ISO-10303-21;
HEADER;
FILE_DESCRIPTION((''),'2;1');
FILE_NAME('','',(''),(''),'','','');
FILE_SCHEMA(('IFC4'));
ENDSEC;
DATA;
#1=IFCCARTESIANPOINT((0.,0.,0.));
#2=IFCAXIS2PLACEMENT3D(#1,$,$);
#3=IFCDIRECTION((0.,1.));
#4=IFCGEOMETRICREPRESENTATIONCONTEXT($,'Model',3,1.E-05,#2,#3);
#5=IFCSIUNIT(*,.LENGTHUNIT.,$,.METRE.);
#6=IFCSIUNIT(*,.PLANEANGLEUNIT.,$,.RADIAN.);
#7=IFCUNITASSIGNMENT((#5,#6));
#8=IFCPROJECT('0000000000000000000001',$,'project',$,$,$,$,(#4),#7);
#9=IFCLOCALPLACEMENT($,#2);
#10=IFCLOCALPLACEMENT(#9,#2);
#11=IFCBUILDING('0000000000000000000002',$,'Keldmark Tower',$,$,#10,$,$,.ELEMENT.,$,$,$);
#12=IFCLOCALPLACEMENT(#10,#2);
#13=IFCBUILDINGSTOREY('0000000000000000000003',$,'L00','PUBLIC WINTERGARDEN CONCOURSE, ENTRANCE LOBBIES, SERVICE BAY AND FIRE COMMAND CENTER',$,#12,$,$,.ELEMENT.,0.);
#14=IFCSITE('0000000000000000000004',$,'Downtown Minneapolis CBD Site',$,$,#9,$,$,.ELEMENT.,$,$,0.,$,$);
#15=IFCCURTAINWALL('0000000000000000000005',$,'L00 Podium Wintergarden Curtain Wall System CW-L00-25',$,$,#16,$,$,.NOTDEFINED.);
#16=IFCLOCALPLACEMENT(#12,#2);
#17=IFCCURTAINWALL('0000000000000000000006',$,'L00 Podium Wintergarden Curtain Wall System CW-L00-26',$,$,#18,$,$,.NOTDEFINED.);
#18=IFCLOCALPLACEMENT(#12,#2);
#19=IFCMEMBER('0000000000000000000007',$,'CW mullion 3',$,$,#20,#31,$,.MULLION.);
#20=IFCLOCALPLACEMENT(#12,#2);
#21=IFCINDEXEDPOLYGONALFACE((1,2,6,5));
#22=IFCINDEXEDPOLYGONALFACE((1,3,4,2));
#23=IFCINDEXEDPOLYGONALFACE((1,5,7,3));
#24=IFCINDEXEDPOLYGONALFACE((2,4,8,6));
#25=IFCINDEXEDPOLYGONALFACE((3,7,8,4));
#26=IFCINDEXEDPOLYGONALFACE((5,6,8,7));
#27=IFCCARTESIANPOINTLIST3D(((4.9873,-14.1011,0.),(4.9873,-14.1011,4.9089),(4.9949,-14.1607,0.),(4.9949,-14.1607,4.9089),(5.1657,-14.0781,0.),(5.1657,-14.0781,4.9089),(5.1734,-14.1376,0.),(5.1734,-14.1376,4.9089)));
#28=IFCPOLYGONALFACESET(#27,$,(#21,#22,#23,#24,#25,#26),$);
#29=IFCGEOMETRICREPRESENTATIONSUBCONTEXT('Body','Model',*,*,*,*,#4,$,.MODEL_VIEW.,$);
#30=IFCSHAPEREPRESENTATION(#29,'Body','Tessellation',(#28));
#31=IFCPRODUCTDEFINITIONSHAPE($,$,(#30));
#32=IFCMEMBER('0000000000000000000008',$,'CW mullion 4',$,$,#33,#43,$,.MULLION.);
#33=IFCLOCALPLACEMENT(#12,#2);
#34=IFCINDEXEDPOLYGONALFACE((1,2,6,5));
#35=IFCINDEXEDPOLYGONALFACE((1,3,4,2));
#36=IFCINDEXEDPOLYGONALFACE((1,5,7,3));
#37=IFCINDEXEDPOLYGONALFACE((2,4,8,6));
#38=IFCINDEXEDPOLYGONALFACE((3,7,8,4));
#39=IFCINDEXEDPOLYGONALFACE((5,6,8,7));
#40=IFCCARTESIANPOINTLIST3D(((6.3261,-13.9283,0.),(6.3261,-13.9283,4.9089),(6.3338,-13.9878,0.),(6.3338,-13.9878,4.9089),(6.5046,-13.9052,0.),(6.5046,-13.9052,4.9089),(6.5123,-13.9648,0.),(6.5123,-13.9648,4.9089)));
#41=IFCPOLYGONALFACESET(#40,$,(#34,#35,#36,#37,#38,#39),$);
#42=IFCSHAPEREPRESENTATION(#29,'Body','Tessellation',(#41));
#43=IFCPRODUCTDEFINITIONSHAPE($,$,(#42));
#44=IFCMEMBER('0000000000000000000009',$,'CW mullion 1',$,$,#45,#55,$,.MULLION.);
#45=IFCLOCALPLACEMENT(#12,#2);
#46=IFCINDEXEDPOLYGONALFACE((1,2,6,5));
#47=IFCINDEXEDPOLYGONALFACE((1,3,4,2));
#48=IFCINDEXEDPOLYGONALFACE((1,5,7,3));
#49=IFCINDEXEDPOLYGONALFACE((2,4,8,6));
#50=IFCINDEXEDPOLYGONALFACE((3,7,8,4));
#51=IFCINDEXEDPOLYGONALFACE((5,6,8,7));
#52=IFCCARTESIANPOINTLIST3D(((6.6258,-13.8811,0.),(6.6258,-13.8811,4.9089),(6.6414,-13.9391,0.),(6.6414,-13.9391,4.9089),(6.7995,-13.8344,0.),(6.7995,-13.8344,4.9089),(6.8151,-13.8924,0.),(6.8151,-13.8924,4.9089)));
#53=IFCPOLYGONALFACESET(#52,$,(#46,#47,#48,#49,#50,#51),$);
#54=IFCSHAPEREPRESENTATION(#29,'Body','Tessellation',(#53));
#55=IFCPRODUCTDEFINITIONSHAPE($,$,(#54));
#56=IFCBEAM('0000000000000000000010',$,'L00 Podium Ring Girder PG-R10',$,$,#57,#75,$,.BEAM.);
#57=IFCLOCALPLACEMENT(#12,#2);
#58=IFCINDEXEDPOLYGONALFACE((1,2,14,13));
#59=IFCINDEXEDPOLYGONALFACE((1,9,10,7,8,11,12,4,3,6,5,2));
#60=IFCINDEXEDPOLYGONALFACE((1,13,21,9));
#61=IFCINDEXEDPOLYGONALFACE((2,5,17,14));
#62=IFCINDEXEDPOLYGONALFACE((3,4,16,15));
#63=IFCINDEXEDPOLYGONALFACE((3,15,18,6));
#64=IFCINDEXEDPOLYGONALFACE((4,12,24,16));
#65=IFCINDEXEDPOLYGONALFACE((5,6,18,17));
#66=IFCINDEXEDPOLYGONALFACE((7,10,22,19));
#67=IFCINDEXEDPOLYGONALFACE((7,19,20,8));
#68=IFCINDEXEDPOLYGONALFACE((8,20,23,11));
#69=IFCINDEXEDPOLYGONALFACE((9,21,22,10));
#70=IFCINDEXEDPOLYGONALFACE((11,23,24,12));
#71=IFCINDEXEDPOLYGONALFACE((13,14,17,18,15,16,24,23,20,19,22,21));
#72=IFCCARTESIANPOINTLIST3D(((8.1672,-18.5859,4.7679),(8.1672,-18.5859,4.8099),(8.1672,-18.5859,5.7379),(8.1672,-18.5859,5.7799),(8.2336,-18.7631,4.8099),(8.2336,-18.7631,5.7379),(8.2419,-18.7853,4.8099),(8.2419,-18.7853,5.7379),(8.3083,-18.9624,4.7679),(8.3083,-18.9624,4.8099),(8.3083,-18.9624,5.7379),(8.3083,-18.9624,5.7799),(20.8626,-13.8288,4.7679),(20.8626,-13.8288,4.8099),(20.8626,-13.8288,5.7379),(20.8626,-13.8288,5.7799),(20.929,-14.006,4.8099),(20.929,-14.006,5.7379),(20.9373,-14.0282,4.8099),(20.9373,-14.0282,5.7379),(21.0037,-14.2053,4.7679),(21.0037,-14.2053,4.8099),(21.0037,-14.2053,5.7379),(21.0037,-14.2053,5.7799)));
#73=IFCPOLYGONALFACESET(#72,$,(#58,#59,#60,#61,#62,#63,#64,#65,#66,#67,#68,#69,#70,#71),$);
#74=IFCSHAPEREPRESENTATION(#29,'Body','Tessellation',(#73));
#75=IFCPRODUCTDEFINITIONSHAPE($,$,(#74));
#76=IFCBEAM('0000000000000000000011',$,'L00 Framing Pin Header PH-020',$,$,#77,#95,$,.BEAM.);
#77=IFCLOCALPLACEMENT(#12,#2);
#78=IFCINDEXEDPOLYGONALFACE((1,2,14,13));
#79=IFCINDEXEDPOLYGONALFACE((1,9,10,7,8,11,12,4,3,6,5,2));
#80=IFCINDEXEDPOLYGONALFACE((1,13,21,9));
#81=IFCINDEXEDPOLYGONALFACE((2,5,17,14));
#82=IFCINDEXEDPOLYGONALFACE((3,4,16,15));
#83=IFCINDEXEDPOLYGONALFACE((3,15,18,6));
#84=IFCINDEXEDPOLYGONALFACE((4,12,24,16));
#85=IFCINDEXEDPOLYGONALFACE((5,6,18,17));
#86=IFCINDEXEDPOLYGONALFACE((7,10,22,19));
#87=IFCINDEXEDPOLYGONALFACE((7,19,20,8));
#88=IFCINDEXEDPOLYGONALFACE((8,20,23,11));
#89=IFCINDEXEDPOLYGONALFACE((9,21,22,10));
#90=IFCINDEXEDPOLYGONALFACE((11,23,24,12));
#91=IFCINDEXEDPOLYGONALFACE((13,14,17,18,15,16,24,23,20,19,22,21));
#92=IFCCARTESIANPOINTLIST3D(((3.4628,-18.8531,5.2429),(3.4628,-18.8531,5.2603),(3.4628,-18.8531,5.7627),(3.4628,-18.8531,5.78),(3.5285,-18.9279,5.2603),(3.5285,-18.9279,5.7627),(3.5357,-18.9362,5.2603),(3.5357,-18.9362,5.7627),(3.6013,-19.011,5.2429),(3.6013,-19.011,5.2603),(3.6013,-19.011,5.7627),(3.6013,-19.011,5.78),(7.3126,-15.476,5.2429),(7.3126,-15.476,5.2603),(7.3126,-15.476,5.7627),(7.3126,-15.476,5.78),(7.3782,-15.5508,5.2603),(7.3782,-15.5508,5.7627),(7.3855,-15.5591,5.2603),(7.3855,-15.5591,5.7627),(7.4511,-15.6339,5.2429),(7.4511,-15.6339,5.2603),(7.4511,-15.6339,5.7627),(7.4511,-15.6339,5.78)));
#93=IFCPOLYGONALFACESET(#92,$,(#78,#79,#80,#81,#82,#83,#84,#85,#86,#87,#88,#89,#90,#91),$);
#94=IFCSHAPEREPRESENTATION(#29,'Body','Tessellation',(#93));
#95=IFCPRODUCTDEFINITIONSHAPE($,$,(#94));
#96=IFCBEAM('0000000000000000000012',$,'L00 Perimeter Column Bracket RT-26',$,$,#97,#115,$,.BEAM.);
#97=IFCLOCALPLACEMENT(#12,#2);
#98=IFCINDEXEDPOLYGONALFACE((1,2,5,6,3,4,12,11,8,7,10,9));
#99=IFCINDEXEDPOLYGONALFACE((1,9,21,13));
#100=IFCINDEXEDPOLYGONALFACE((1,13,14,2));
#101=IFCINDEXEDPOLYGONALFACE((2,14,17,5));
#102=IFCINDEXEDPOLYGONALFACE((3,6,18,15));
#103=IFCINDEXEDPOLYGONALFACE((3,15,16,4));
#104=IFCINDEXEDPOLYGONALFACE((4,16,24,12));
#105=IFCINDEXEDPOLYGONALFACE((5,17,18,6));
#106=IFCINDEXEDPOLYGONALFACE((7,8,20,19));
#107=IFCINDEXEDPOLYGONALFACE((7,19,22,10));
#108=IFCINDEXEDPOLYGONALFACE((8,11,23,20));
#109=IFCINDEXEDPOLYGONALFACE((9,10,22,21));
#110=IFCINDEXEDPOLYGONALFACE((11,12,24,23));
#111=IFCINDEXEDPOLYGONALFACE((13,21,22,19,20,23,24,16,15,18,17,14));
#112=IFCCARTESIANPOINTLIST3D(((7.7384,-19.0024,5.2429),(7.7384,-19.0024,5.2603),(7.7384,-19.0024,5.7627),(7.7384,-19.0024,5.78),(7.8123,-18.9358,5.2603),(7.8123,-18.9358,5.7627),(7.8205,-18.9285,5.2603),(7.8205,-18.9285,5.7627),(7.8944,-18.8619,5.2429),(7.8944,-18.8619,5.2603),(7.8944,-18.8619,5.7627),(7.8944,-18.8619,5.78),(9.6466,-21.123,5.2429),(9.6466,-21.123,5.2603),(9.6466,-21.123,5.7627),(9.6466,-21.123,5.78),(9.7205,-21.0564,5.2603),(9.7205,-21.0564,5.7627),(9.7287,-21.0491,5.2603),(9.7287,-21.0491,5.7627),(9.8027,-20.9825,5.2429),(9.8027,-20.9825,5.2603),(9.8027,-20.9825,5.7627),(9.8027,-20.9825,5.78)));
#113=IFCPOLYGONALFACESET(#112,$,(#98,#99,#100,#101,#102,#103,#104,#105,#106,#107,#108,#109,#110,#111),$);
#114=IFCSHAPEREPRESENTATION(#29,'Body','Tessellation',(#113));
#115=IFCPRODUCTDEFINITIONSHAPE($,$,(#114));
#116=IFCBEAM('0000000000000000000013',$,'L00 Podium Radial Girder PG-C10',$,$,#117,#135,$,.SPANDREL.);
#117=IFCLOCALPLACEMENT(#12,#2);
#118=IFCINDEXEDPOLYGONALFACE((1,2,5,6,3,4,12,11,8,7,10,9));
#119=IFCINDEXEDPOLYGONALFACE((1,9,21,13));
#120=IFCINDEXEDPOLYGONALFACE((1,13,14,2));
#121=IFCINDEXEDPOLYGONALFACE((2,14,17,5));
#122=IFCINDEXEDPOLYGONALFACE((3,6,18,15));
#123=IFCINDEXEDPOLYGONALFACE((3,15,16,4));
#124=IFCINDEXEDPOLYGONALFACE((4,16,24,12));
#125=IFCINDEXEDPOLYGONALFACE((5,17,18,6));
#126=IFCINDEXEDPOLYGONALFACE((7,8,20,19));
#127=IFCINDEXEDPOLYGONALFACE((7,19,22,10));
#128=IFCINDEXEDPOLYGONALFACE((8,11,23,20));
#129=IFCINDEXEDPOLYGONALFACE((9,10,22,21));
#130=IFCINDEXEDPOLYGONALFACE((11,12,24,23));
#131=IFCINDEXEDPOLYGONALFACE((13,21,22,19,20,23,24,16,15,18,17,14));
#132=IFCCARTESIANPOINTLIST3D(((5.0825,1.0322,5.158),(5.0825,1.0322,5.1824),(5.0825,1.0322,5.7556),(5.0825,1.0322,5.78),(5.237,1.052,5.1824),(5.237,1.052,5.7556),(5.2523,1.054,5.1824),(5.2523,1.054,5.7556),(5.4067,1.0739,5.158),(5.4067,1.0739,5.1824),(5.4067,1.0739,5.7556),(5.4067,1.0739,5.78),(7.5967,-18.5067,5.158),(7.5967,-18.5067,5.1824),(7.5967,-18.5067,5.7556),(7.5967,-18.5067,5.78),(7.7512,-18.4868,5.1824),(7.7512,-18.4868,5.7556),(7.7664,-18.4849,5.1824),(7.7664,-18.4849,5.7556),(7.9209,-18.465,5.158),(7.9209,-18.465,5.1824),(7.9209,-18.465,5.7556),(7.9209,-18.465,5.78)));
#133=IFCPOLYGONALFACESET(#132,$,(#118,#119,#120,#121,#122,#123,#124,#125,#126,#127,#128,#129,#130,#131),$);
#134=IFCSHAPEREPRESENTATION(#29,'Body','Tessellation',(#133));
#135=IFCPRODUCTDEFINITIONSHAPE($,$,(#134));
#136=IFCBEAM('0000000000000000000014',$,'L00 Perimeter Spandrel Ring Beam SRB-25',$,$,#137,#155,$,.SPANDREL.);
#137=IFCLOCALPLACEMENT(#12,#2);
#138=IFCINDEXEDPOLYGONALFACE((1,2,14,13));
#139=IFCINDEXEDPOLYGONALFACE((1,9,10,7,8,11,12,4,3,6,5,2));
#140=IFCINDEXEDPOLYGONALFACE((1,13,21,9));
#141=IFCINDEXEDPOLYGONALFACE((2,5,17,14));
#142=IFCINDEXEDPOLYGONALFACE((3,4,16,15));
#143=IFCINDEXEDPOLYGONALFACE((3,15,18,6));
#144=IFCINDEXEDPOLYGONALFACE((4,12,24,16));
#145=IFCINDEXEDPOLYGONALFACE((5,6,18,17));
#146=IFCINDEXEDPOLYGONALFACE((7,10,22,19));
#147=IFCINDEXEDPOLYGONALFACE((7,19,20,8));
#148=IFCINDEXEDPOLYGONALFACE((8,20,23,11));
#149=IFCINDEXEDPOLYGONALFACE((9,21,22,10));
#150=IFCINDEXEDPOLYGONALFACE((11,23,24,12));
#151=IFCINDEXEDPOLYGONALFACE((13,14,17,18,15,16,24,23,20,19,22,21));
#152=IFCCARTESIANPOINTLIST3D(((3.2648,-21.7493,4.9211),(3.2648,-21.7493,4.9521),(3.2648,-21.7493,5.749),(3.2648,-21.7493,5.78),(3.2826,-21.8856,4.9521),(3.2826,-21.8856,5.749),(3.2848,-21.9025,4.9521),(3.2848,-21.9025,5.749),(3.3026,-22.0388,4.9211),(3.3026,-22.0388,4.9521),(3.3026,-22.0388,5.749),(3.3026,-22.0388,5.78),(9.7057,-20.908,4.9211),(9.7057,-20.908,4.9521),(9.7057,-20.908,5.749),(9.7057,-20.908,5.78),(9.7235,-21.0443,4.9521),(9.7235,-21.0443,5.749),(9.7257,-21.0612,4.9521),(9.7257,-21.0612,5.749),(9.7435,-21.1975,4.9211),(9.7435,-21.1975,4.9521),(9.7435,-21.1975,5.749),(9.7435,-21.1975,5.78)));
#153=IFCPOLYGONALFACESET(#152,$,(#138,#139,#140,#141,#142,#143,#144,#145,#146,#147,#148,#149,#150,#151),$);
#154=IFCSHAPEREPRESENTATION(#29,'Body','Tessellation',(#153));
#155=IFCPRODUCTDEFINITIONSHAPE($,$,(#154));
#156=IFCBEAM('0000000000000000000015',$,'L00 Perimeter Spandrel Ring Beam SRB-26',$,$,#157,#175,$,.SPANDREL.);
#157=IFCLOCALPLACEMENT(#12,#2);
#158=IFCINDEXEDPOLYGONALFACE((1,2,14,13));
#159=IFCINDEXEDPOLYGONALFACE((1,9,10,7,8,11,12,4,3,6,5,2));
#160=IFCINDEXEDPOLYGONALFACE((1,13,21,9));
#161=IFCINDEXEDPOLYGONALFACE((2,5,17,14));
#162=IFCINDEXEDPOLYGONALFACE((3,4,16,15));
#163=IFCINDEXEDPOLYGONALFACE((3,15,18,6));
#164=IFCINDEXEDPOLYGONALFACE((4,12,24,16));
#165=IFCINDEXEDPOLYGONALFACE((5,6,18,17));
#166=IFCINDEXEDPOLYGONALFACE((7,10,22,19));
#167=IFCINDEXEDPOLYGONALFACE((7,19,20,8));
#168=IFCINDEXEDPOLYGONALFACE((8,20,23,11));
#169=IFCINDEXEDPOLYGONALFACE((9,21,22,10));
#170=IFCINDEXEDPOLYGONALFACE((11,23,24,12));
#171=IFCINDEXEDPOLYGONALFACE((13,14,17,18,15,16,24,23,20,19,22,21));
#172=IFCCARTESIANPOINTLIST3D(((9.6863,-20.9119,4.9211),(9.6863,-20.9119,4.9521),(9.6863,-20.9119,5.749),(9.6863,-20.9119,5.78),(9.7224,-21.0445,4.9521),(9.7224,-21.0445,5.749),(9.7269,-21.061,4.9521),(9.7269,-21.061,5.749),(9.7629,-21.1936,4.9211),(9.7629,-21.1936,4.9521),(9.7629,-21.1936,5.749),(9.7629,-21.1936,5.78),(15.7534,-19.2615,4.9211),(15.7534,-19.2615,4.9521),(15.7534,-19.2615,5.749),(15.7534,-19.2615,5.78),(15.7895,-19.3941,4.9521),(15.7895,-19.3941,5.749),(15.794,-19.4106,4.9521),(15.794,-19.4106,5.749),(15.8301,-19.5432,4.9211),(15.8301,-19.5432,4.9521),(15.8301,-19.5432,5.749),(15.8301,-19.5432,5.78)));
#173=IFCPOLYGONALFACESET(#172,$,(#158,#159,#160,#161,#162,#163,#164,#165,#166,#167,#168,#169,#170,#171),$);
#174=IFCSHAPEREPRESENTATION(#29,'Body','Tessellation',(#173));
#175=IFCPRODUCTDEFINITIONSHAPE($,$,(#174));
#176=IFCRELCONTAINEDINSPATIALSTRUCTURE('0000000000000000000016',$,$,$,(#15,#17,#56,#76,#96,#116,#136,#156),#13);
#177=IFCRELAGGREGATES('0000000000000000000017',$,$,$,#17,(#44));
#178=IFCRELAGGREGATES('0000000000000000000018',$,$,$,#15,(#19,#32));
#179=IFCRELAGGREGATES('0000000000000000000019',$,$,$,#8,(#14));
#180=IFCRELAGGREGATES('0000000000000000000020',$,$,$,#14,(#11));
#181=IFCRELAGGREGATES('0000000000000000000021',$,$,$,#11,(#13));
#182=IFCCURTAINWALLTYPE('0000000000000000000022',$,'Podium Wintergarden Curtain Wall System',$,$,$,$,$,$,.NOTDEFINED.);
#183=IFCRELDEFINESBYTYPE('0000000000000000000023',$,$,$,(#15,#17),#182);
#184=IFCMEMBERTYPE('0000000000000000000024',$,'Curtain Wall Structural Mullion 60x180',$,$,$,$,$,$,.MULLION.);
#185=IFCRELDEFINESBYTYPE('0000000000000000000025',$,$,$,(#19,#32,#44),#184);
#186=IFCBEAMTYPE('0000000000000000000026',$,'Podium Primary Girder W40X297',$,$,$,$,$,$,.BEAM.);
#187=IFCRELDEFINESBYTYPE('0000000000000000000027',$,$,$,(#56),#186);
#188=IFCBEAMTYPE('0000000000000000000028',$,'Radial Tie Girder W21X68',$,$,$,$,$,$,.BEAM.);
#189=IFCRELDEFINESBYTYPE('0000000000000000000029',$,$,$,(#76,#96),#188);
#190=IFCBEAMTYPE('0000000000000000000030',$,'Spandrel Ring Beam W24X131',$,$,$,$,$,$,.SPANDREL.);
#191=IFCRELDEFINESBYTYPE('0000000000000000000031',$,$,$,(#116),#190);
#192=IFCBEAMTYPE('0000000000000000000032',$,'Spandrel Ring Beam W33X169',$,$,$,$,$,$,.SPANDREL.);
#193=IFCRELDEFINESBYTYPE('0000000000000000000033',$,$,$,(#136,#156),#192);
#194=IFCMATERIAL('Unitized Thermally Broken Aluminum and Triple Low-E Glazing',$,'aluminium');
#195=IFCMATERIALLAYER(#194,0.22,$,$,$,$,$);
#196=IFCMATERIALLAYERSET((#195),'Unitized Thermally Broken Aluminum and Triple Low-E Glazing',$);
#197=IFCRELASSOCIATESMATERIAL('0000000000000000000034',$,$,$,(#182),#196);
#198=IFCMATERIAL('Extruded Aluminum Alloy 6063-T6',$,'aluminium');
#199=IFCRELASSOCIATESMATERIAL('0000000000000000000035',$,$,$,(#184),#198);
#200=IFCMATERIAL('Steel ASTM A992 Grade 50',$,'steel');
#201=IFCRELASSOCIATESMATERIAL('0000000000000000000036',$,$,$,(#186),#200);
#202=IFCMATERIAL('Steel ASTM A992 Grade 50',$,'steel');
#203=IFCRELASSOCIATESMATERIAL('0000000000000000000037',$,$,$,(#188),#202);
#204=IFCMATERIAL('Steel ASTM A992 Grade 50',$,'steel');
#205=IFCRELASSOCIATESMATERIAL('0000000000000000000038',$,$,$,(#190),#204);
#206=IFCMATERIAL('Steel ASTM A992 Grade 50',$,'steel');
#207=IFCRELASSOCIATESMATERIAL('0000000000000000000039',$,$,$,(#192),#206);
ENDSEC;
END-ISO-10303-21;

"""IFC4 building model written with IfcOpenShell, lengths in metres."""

from ifc_helpers import new_model, si_unit, direction, frame, origin, origin_2d, place, context, subcontext, project, spatial, rectangle, i_section, extrude, material, layer, layer_set, material_profile, profile_set, type_object, element, aggregate, save


model = new_model("IFC4")

# Units and contexts
model_context = context("Model", 3, precision=1e-05, world=origin(), true_north=direction((0.0, 1.0)))
body_context = subcontext(model_context, "Body", "Model", "MODEL_VIEW")
ifc_project = project(units=[si_unit("LENGTHUNIT", "METRE"), si_unit("PLANEANGLEUNIT", "RADIAN")], contexts=[model_context])

# Site, building, storey
site_placement = place(None, origin())
site = spatial("IfcSite", under=ifc_project, at=site_placement, Name="Downtown Minneapolis CBD Site", CompositionType="ELEMENT", RefElevation=0.0)
building_placement = place(site_placement, origin())
building = spatial("IfcBuilding", under=site, at=building_placement, Name="Keldmark Tower", CompositionType="ELEMENT")
storey_placement = place(building_placement, origin())
storey = spatial("IfcBuildingStorey", under=building, at=storey_placement, Name="L00", Description="PUBLIC WINTERGARDEN CONCOURSE, ENTRANCE LOBBIES, SERVICE BAY AND FIRE COMMAND CENTER", CompositionType="ELEMENT", Elevation=0.0)

# Curtain walls
ifc_material_1 = material(Name="Unitized Thermally Broken Aluminum and Triple Low-E Glazing", Category="aluminium")
ifc_layer_1 = layer(ifc_material_1, 0.22)
ifc_layer_set_1 = layer_set([ifc_layer_1], Name="Unitized Thermally Broken Aluminum and Triple Low-E Glazing")
curtain_wall_type = type_object("IfcCurtainWallType", Name="Podium Wintergarden Curtain Wall System", PredefinedType="NOTDEFINED", material=ifc_layer_set_1)
curtain_wall_1_placement = place(storey_placement, origin())
curtain_wall_1 = element("IfcCurtainWall", 1, at=curtain_wall_1_placement, inside=storey, type_object=curtain_wall_type, Name="L00 Podium Wintergarden Curtain Wall System CW-L00-25", PredefinedType="NOTDEFINED")
curtain_wall_2_placement = place(storey_placement, origin())
curtain_wall_2 = element("IfcCurtainWall", 2, at=curtain_wall_2_placement, inside=storey, type_object=curtain_wall_type, Name="L00 Podium Wintergarden Curtain Wall System CW-L00-26", PredefinedType="NOTDEFINED")

# Members
ifc_material_2 = material(Name="Extruded Aluminum Alloy 6063-T6", Category="aluminium")
ifc_material_profile_1 = material_profile(ifc_material_2, rectangle(XDim=0.0601, YDim=0.1799, at=origin_2d()), Name="CWM60X180")
ifc_profile_set_1 = profile_set([ifc_material_profile_1], Name="Extruded Aluminum Alloy 6063-T6")
member_type_1 = type_object("IfcMemberType", Name="Curtain Wall Structural Mullion 60x180", PredefinedType="MULLION", material=ifc_profile_set_1)
member_1_placement = place(storey_placement, frame((5.0803, -14.1194, 0.0), z_axis=(0.0, 0.0, 1.0), x_axis=(-0.128062, 0.991766, 0.0)))
member_1 = element("IfcMember", 3, at=member_1_placement, type_object=member_type_1, Name="CW mullion 3", PredefinedType="MULLION", context=body_context, shape_type="SweptSolid", body=[
    extrude(rectangle(XDim=0.0601, YDim=0.1799, at=origin_2d()), origin(), (0.0, 0.0, 1.0), 4.9089),
])
member_2_placement = place(storey_placement, frame((6.4192, -13.9465, 0.0), z_axis=(0.0, 0.0, 1.0), x_axis=(-0.128062, 0.991766, 0.0)))
member_2 = element("IfcMember", 4, at=member_2_placement, type_object=member_type_1, Name="CW mullion 4", PredefinedType="MULLION", context=body_context, shape_type="SweptSolid", body=[
    extrude(rectangle(XDim=0.0601, YDim=0.1799, at=origin_2d()), origin(), (0.0, 0.0, 1.0), 4.9089),
])
member_3_placement = place(storey_placement, frame((6.7205, -13.8867, 0.0), z_axis=(0.0, 0.0, 1.0), x_axis=(-0.259639, 0.965706, 0.0)))
member_3 = element("IfcMember", 5, at=member_3_placement, type_object=member_type_1, Name="CW mullion 1", PredefinedType="MULLION", context=body_context, shape_type="SweptSolid", body=[
    extrude(rectangle(XDim=0.0601, YDim=0.1799, at=origin_2d()), origin(), (0.0, 0.0, 1.0), 4.9089),
])
aggregate(curtain_wall_2, [member_3])

# Beams
ifc_material_3 = material(Name="Steel ASTM A992 Grade 50", Category="steel")
ifc_material_profile_2 = material_profile(ifc_material_3, i_section(OverallWidth=0.4021, OverallDepth=1.012, WebThickness=0.0237, FlangeThickness=0.042, at=origin_2d()), Name="W40X297")
ifc_profile_set_2 = profile_set([ifc_material_profile_2], Name="Steel ASTM A992 Grade 50")
beam_type_1 = type_object("IfcBeamType", Name="Podium Primary Girder W40X297", PredefinedType="BEAM", material=ifc_profile_set_2)
beam_1_placement = place(storey_placement, frame((8.2378, -18.7742, 5.2739), z_axis=(0.936418, 0.350887, 0.0), x_axis=(-0.350887, 0.936418, 0.0)))
element("IfcBeam", 6, at=beam_1_placement, inside=storey, type_object=beam_type_1, Name="L00 Podium Ring Girder PG-R10", PredefinedType="BEAM", context=body_context, shape_type="SweptSolid", body=[
    extrude(i_section(OverallWidth=0.4021, OverallDepth=1.012, WebThickness=0.0237, FlangeThickness=0.042, at=origin_2d()), origin(), (0.0, 0.0, 1.0), 13.5574),
])
ifc_material_4 = material(Name="Steel ASTM A992 Grade 50", Category="steel")
ifc_material_profile_3 = material_profile(ifc_material_4, i_section(OverallWidth=0.21, OverallDepth=0.5371, WebThickness=0.011, FlangeThickness=0.0173, at=origin_2d()), Name="W21X68")
ifc_profile_set_3 = profile_set([ifc_material_profile_3], Name="Steel ASTM A992 Grade 50")
beam_type_2 = type_object("IfcBeamType", Name="Radial Tie Girder W21X68", PredefinedType="BEAM", material=ifc_profile_set_3)
beam_2_placement = place(storey_placement, frame((7.3818, -15.5549, 5.5115), z_axis=(-0.751746, -0.659452, 0.0), x_axis=(0.659452, -0.751746, 0.0)))
element("IfcBeam", 7, at=beam_2_placement, inside=storey, type_object=beam_type_2, Name="L00 Framing Pin Header PH-020", PredefinedType="BEAM", context=body_context, shape_type="SweptSolid", body=[
    extrude(i_section(OverallWidth=0.21, OverallDepth=0.5371, WebThickness=0.011, FlangeThickness=0.0173, at=origin_2d()), origin(), (0.0, 0.0, 1.0), 5.1211),
])
beam_3_placement = place(storey_placement, frame((7.8164, -18.9321, 5.5115), z_axis=(0.668899, -0.743354, 0.0), x_axis=(0.743354, 0.668899, 0.0)))
element("IfcBeam", 8, at=beam_3_placement, inside=storey, type_object=beam_type_2, Name="L00 Perimeter Column Bracket RT-26", PredefinedType="BEAM", context=body_context, shape_type="SweptSolid", body=[
    extrude(i_section(OverallWidth=0.21, OverallDepth=0.5371, WebThickness=0.011, FlangeThickness=0.0173, at=origin_2d()), origin(), (0.0, 0.0, 1.0), 2.8528),
])
ifc_material_5 = material(Name="Steel ASTM A992 Grade 50", Category="steel")
ifc_material_profile_4 = material_profile(ifc_material_5, i_section(OverallWidth=0.3269, OverallDepth=0.6221, WebThickness=0.0154, FlangeThickness=0.0244, at=origin_2d()), Name="W24X131")
ifc_profile_set_4 = profile_set([ifc_material_profile_4], Name="Steel ASTM A992 Grade 50")
beam_type_3 = type_object("IfcBeamType", Name="Spandrel Ring Beam W24X131", PredefinedType="SPANDREL", material=ifc_profile_set_4)
beam_4_placement = place(storey_placement, frame((7.7588, -18.4858, 5.469), z_axis=(-0.127623, 0.991823, 0.0), x_axis=(-0.991823, -0.127623, 0.0)))
element("IfcBeam", 9, at=beam_4_placement, inside=storey, type_object=beam_type_3, Name="L00 Podium Radial Girder PG-C10", PredefinedType="SPANDREL", context=body_context, shape_type="SweptSolid", body=[
    extrude(i_section(OverallWidth=0.3269, OverallDepth=0.6221, WebThickness=0.0154, FlangeThickness=0.0244, at=origin_2d()), origin(), (0.0, 0.0, 1.0), 19.7),
])
ifc_material_6 = material(Name="Steel ASTM A992 Grade 50", Category="steel")
ifc_material_profile_5 = material_profile(ifc_material_6, i_section(OverallWidth=0.292, OverallDepth=0.8589, WebThickness=0.0171, FlangeThickness=0.031, at=origin_2d()), Name="W33X169")
ifc_profile_set_5 = profile_set([ifc_material_profile_5], Name="Steel ASTM A992 Grade 50")
beam_type_4 = type_object("IfcBeamType", Name="Spandrel Ring Beam W33X169", PredefinedType="SPANDREL", material=ifc_profile_set_5)
beam_5_placement = place(storey_placement, frame((3.2837, -21.894, 5.3506), z_axis=(0.991577, 0.129519, 0.0), x_axis=(-0.129519, 0.991577, 0.0)))
element("IfcBeam", 10, at=beam_5_placement, inside=storey, type_object=beam_type_4, Name="L00 Perimeter Spandrel Ring Beam SRB-25", PredefinedType="SPANDREL", context=body_context, shape_type="SweptSolid", body=[
    extrude(i_section(OverallWidth=0.292, OverallDepth=0.8589, WebThickness=0.0171, FlangeThickness=0.031, at=origin_2d()), origin(), (0.0, 0.0, 1.0), 6.4956),
])
beam_6_placement = place(storey_placement, frame((9.7246, -21.0527, 5.3506), z_axis=(0.964937, 0.262483, 0.0), x_axis=(-0.262483, 0.964937, 0.0)))
element("IfcBeam", 11, at=beam_6_placement, inside=storey, type_object=beam_type_4, Name="L00 Perimeter Spandrel Ring Beam SRB-26", PredefinedType="SPANDREL", context=body_context, shape_type="SweptSolid", body=[
    extrude(i_section(OverallWidth=0.292, OverallDepth=0.8589, WebThickness=0.0171, FlangeThickness=0.031, at=origin_2d()), origin(), (0.0, 0.0, 1.0), 6.2876),
])

aggregate(curtain_wall_1, [member_1, member_2])

save(model, "model.ifc")
